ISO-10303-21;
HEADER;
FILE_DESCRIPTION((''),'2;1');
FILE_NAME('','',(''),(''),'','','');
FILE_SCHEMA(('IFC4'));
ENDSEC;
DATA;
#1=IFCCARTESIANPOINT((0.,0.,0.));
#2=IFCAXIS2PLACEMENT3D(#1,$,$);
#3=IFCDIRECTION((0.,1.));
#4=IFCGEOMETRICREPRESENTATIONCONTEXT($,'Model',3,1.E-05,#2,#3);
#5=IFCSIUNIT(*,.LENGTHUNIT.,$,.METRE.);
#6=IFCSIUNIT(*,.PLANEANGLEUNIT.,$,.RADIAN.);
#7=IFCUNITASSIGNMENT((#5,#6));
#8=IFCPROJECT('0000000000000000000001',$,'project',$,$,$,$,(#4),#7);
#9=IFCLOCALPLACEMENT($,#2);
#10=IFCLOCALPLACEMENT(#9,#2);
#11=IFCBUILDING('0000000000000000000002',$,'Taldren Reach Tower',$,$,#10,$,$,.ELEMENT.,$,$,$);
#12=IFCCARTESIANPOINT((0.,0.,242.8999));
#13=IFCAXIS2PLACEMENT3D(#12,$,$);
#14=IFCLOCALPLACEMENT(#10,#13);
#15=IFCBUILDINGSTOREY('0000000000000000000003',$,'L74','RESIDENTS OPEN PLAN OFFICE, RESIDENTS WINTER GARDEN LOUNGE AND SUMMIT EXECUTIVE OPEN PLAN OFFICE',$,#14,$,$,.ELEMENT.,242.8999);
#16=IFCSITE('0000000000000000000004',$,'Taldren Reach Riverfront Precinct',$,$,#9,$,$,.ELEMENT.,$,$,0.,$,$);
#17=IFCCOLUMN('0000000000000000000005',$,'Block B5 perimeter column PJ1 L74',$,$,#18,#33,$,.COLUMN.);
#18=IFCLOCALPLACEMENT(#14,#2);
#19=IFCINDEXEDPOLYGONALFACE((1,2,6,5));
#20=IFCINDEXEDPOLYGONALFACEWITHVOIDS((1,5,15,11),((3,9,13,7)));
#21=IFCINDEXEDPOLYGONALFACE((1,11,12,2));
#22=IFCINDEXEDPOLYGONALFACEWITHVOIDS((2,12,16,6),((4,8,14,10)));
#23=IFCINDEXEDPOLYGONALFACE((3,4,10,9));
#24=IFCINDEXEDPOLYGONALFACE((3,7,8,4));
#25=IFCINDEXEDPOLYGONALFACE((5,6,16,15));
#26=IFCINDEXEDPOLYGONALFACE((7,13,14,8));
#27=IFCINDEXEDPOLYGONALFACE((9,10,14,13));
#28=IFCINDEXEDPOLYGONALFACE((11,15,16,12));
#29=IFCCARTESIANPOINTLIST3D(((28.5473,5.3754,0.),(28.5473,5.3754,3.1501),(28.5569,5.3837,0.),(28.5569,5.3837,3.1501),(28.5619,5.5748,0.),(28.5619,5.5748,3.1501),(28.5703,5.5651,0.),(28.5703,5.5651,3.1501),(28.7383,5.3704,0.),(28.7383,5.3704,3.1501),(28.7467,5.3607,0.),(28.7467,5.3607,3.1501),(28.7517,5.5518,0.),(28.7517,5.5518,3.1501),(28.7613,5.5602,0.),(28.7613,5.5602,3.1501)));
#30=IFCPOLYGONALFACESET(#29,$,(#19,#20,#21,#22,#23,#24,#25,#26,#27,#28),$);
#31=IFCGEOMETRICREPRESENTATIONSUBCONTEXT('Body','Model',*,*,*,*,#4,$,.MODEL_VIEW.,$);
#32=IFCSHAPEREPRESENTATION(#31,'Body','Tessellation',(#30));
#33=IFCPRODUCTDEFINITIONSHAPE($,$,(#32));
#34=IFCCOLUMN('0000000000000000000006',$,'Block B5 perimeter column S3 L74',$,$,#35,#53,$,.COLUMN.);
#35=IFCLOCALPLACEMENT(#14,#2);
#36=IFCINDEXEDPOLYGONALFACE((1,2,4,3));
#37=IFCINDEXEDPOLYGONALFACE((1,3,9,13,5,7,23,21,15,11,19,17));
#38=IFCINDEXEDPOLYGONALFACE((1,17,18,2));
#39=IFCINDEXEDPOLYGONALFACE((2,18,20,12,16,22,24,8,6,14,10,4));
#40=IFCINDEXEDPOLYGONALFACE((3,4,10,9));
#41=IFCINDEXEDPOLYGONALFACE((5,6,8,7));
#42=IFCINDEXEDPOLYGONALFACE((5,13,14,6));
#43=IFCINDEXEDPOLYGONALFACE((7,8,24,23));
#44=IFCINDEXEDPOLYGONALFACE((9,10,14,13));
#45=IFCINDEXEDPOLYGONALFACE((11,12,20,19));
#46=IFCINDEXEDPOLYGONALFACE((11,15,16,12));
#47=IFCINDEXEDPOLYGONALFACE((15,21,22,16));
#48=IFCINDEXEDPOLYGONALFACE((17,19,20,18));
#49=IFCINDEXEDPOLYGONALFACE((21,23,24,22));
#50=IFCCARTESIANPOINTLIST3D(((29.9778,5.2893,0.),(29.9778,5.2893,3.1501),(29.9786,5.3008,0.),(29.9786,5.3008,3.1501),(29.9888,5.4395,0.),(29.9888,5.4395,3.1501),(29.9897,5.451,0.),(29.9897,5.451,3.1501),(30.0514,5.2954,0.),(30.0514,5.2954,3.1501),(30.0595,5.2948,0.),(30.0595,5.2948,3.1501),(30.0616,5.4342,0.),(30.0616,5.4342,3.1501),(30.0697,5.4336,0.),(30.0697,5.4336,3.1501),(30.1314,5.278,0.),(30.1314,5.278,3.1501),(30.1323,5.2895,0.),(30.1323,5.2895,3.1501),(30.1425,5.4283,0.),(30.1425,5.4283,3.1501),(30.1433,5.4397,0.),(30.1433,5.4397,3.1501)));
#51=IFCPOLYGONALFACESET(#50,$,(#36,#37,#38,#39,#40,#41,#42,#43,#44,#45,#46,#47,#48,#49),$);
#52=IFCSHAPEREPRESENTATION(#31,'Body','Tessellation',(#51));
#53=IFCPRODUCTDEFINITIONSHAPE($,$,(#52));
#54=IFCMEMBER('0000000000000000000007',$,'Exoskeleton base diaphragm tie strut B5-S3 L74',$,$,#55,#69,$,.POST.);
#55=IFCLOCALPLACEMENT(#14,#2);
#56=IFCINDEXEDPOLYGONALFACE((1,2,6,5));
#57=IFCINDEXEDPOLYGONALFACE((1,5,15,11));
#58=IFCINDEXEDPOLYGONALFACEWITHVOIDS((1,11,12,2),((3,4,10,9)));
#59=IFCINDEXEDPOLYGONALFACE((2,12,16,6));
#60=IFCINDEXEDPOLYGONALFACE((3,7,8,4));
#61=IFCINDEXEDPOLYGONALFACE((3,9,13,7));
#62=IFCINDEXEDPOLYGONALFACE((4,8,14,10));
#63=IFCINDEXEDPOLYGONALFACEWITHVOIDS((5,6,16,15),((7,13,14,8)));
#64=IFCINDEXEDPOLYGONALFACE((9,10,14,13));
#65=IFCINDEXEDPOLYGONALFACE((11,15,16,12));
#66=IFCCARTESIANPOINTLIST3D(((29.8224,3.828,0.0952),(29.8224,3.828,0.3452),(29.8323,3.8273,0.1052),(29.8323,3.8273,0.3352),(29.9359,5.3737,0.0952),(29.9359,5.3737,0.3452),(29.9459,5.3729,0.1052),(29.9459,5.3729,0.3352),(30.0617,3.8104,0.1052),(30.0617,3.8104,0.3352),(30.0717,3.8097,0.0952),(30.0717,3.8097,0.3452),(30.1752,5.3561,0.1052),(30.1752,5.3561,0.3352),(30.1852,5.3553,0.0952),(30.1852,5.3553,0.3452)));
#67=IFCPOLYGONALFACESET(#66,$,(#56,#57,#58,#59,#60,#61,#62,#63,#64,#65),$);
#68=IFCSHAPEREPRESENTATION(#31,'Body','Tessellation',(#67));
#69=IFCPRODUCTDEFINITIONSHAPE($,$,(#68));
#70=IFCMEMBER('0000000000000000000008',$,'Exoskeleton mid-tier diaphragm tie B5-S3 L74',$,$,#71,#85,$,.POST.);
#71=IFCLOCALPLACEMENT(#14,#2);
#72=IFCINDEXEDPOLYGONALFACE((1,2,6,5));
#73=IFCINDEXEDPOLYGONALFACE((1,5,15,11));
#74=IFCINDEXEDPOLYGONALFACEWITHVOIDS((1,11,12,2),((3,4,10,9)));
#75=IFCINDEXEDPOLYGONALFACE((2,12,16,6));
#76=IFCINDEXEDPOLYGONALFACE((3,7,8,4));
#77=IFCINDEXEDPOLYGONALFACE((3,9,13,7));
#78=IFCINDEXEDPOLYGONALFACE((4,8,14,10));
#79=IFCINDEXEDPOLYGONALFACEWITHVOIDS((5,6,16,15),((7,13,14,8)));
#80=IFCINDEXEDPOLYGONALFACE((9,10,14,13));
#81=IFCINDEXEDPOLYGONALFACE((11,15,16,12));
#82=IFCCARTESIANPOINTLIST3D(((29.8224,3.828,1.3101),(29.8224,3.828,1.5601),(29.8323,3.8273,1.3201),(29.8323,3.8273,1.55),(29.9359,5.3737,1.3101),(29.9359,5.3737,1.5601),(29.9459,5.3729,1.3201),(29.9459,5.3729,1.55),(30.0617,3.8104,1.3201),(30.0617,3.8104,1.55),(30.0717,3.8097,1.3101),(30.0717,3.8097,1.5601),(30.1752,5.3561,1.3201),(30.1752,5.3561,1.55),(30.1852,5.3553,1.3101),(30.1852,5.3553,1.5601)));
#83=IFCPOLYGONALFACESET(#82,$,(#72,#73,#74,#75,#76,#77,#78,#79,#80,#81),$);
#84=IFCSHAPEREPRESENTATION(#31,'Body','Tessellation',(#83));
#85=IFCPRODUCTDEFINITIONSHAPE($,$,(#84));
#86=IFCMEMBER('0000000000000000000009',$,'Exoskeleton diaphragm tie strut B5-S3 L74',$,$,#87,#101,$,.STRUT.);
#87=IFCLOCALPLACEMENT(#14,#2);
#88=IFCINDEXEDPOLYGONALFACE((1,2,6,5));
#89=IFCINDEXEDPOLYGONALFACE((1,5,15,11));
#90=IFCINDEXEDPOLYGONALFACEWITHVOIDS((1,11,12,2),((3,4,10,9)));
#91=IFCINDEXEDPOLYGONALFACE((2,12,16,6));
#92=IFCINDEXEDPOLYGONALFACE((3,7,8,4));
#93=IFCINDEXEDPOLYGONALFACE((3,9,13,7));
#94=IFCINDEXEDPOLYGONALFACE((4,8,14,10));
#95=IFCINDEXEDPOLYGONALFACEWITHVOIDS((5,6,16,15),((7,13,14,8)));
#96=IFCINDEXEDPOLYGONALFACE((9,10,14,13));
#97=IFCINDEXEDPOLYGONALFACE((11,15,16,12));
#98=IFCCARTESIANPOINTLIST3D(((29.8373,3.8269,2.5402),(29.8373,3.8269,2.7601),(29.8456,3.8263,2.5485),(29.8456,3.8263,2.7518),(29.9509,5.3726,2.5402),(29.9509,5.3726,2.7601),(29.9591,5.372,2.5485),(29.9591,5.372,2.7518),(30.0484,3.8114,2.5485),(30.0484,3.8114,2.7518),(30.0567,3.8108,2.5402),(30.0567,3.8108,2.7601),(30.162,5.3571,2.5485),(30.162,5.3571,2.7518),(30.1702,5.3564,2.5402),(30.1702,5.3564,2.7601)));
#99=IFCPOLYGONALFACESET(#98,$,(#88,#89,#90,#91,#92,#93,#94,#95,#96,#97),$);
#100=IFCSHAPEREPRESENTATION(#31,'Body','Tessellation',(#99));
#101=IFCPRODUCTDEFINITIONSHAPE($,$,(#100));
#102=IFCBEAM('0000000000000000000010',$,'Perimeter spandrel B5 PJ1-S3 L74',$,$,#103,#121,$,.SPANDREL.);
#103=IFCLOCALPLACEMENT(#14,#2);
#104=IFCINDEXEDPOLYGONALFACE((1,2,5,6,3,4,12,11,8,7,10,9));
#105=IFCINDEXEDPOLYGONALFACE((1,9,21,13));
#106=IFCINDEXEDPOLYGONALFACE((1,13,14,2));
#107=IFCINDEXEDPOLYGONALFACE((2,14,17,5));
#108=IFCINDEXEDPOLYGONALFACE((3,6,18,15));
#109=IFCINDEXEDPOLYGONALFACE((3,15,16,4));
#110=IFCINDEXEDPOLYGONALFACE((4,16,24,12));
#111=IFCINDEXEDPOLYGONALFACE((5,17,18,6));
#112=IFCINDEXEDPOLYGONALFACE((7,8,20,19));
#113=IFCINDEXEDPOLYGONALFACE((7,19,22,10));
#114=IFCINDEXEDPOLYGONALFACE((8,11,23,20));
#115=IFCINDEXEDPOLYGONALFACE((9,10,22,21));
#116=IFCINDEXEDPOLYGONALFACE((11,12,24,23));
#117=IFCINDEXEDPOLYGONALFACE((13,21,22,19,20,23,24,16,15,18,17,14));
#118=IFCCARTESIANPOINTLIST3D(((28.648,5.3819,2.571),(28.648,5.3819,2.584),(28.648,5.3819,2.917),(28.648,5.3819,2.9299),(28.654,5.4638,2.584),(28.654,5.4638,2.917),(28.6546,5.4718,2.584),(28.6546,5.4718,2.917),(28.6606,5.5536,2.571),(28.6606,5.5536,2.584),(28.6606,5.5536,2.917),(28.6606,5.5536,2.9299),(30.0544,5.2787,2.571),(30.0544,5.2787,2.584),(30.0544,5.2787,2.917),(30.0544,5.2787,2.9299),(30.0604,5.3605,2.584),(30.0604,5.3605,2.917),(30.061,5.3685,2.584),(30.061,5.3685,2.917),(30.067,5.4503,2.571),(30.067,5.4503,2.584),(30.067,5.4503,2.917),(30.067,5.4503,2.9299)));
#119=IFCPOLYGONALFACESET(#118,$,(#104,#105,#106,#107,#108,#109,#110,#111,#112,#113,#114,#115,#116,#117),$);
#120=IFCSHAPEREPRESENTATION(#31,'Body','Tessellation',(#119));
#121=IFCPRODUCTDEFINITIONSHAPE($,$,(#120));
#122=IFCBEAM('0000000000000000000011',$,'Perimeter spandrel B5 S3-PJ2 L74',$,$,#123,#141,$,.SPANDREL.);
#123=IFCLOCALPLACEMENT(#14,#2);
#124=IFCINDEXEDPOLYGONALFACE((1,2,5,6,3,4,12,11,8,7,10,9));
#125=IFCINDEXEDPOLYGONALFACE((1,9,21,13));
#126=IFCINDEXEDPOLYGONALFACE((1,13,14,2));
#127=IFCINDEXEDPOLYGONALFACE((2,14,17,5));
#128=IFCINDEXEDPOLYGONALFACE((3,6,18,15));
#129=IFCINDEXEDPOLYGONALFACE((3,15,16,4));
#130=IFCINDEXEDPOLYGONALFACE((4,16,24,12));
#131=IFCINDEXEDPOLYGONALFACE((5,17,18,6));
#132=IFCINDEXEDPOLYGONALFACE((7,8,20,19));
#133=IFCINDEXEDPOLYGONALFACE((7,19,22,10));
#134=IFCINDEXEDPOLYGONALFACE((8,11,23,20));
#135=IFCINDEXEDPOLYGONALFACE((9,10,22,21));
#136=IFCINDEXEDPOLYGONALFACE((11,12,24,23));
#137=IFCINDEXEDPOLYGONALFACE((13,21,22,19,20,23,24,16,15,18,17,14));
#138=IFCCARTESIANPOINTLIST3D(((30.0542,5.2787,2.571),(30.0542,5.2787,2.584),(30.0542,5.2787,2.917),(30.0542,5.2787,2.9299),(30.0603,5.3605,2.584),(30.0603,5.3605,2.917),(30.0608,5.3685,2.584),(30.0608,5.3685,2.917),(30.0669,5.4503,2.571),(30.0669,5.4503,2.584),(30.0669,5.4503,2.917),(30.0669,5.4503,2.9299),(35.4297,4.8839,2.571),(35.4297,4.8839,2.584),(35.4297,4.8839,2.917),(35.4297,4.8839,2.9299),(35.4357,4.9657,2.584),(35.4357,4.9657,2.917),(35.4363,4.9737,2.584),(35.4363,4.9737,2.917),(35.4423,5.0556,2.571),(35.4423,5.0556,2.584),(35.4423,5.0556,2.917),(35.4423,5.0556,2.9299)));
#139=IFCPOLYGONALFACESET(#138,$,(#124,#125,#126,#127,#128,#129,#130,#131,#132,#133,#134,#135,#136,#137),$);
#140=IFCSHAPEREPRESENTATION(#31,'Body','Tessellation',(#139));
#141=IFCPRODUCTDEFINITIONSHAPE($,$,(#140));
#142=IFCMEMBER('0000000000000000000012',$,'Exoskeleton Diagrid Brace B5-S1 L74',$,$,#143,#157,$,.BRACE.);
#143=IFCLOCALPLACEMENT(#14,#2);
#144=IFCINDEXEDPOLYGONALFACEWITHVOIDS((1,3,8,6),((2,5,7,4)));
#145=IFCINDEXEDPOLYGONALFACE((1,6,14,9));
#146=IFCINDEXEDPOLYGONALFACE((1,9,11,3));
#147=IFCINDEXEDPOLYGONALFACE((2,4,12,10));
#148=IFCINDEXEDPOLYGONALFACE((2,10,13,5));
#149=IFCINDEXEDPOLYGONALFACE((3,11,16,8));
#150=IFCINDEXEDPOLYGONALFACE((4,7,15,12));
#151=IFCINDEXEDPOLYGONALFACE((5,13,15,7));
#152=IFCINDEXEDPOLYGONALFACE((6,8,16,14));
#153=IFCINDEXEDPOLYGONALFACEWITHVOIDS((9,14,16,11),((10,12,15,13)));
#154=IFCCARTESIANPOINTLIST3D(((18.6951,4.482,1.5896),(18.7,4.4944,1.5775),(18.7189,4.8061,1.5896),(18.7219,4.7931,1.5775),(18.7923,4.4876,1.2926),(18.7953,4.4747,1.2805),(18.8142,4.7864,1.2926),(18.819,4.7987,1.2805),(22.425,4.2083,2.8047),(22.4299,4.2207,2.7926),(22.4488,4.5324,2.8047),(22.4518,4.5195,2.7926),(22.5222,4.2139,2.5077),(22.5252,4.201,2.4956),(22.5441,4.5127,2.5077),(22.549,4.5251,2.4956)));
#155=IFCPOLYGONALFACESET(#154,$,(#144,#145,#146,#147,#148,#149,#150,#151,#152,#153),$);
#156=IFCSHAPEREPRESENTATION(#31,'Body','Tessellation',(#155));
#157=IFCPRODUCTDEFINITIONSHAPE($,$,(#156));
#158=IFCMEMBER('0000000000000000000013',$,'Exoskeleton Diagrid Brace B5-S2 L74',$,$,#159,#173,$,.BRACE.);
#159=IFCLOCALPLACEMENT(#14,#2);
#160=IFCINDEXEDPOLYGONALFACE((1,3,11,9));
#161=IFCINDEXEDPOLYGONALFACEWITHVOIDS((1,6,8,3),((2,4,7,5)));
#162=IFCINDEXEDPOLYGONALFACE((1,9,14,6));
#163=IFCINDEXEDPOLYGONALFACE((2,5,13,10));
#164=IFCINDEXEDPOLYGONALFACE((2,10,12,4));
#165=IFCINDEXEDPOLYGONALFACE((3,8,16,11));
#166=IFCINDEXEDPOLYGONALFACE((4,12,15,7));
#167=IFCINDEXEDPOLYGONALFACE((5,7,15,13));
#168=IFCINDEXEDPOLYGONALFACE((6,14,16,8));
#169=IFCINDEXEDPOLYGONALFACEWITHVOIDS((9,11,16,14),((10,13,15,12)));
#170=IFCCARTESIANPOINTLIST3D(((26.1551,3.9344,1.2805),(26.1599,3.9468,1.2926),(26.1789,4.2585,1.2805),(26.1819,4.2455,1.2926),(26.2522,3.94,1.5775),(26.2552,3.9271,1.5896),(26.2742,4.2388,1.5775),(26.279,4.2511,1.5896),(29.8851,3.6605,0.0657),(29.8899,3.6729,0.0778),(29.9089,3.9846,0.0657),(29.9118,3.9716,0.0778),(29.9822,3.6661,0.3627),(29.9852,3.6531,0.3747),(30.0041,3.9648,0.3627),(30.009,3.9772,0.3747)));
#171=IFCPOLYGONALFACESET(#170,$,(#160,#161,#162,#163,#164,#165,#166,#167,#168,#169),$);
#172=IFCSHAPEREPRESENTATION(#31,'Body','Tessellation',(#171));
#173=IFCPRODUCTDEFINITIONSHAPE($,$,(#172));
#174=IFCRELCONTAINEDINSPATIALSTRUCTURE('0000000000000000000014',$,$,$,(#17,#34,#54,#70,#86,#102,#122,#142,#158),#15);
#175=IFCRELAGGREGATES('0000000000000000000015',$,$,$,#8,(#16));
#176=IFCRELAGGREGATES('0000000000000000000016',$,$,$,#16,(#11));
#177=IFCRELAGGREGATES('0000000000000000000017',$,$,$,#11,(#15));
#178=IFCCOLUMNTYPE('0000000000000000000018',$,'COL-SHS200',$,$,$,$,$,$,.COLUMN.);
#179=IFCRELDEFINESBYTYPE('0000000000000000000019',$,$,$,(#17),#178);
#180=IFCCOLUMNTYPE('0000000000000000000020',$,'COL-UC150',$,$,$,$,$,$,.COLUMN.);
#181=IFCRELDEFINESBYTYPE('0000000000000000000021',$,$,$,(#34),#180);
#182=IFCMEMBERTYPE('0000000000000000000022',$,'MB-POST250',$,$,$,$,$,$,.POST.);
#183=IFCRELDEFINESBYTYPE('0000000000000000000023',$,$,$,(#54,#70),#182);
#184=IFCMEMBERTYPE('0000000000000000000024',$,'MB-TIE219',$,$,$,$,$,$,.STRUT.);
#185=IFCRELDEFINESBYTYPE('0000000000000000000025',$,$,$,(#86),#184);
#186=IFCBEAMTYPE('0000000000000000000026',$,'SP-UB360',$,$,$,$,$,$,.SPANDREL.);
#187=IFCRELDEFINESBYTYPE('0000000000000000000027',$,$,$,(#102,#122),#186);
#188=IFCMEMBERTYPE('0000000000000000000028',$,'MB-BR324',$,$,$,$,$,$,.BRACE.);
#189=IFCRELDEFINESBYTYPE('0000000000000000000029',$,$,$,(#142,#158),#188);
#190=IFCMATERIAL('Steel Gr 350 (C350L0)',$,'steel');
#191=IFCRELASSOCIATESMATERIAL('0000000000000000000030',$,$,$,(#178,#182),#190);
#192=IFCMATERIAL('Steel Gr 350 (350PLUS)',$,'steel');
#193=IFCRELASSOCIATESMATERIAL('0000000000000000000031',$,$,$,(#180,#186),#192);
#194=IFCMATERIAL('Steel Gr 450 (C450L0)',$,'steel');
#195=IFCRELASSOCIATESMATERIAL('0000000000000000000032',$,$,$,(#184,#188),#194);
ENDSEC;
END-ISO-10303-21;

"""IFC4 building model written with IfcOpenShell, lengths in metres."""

from ifc_helpers import new_model, si_unit, direction, frame, origin, origin_2d, place, context, subcontext, project, spatial, hollow_rectangle, i_section, extrude, source, transform, mapped, material, material_profile, profile_set, type_object, element, save


model = new_model("IFC4")

# Units and contexts
model_context = context("Model", 3, precision=1e-05, world=origin(), true_north=direction((0.0, 1.0)))
body_context = subcontext(model_context, "Body", "Model", "MODEL_VIEW")
ifc_project = project(units=[si_unit("LENGTHUNIT", "METRE"), si_unit("PLANEANGLEUNIT", "RADIAN")], contexts=[model_context])

# Site, building, storey
site_placement = place(None, origin())
site = spatial("IfcSite", under=ifc_project, at=site_placement, Name="Taldren Reach Riverfront Precinct", CompositionType="ELEMENT", RefElevation=0.0)
building_placement = place(site_placement, origin())
building = spatial("IfcBuilding", under=site, at=building_placement, Name="Taldren Reach Tower", CompositionType="ELEMENT")
storey_placement = place(building_placement, frame((0.0, 0.0, 242.8999)))
storey = spatial("IfcBuildingStorey", under=building, at=storey_placement, Name="L74", Description="RESIDENTS OPEN PLAN OFFICE, RESIDENTS WINTER GARDEN LOUNGE AND SUMMIT EXECUTIVE OPEN PLAN OFFICE", CompositionType="ELEMENT", Elevation=242.8999)

# Columns
ifc_material_1 = material(Name="Steel Gr 350 (C350L0)", Category="steel")
ifc_material_profile_1 = material_profile(ifc_material_1, hollow_rectangle(XDim=0.2, YDim=0.2, WallThickness=0.009, at=origin_2d()), Name="200x200x9.0SHS")
ifc_profile_set_1 = profile_set([ifc_material_profile_1], Name="Steel Gr 350 (C350L0)")
column_type_1 = type_object("IfcColumnType", Name="COL-SHS200", PredefinedType="COLUMN", material=ifc_profile_set_1)
shared_shape_1 = source(origin(), body_context, "Body", "SweptSolid", [
    extrude(hollow_rectangle(XDim=0.2, YDim=0.2, WallThickness=0.009, at=origin_2d()), origin(), (0.0, 0.0, 1.0), 3.1501),
])
column_1_placement = place(storey_placement, frame((28.6543, 5.4678, 0.0), z_axis=(0.0, 0.0, 1.0), x_axis=(0.997314, -0.073238, 0.0)))
element("IfcColumn", 1, at=column_1_placement, inside=storey, type_object=column_type_1, Name="Block B5 perimeter column PJ1 L74", PredefinedType="COLUMN", context=body_context, shape_type="MappedRepresentation", body=[
    mapped(shared_shape_1, transform((0.0, 0.0, 0.0), scale=1.0)),
])
ifc_material_2 = material(Name="Steel Gr 350 (350PLUS)", Category="steel")
ifc_material_profile_2 = material_profile(ifc_material_2, i_section(OverallWidth=0.1541, OverallDepth=0.1621, WebThickness=0.0081, FlangeThickness=0.0115, at=origin_2d()), Name="150UC37.2")
ifc_profile_set_2 = profile_set([ifc_material_profile_2], Name="Steel Gr 350 (350PLUS)")
column_type_2 = type_object("IfcColumnType", Name="COL-UC150", PredefinedType="COLUMN", material=ifc_profile_set_2)
shared_shape_2 = source(origin(), body_context, "Body", "SweptSolid", [
    extrude(i_section(OverallWidth=0.1541, OverallDepth=0.1621, WebThickness=0.0081, FlangeThickness=0.0115, at=origin_2d()), origin(), (0.0, 0.0, 1.0), 3.1501),
])
column_2_placement = place(storey_placement, frame((30.0605, 5.3645, 0.0), z_axis=(0.0, 0.0, 1.0), x_axis=(0.997314, -0.073238, 0.0)))
element("IfcColumn", 2, at=column_2_placement, inside=storey, type_object=column_type_2, Name="Block B5 perimeter column S3 L74", PredefinedType="COLUMN", context=body_context, shape_type="MappedRepresentation", body=[
    mapped(shared_shape_2, transform((0.0, 0.0, 0.0), scale=1.0)),
])

# Members
ifc_material_profile_3 = material_profile(ifc_material_1, hollow_rectangle(XDim=0.25, YDim=0.25, WallThickness=0.01, at=origin_2d()), Name="250x250x10.0SHS")
ifc_profile_set_3 = profile_set([ifc_material_profile_3], Name="Steel Gr 350 (C350L0)")
member_type_1 = type_object("IfcMemberType", Name="MB-POST250", PredefinedType="POST", material=ifc_profile_set_3)
shared_shape_3 = source(origin(), body_context, "Body", "SweptSolid", [
    extrude(hollow_rectangle(XDim=0.25, YDim=0.25, WallThickness=0.01, at=origin_2d()), origin(), (0.0, 0.0, 1.0), 1.5498),
])
for number, where, z_axis, x_axis, name in (
    (3, (30.0605, 5.3645, 0.2202), (-0.073251, -0.997314, 0.0), (0.997314, -0.073251, 0.0), "Exoskeleton base diaphragm tie strut B5-S3 L74"),
    (4, (30.0605, 5.3645, 1.4351), (-0.073251, -0.997314, 0.0), (0.997314, -0.073251, 0.0), "Exoskeleton mid-tier diaphragm tie B5-S3 L74"),
):
    element("IfcMember", number, at=place(storey_placement, frame(where, z_axis=z_axis, x_axis=x_axis)), inside=storey, type_object=member_type_1, Name=name, PredefinedType="POST", context=body_context, shape_type="MappedRepresentation", body=[
        mapped(shared_shape_3, transform((0.0, 0.0, 0.0), scale=1.0)),
    ])
ifc_material_3 = material(Name="Steel Gr 450 (C450L0)", Category="steel")
ifc_material_profile_4 = material_profile(ifc_material_3, hollow_rectangle(XDim=0.22, YDim=0.22, WallThickness=0.0083, at=origin_2d()), Name="220x220x8.2SHS")
ifc_profile_set_4 = profile_set([ifc_material_profile_4], Name="Steel Gr 450 (C450L0)")
member_type_2 = type_object("IfcMemberType", Name="MB-TIE219", PredefinedType="STRUT", material=ifc_profile_set_4)
shared_shape_4 = source(origin(), body_context, "Body", "SweptSolid", [
    extrude(hollow_rectangle(XDim=0.22, YDim=0.22, WallThickness=0.0083, at=origin_2d()), origin(), (0.0, 0.0, 1.0), 1.5498),
])
member_1_placement = place(storey_placement, frame((30.0605, 5.3645, 2.6501), z_axis=(-0.073251, -0.997314, 0.0), x_axis=(0.997314, -0.073251, 0.0)))
element("IfcMember", 5, at=member_1_placement, inside=storey, type_object=member_type_2, Name="Exoskeleton diaphragm tie strut B5-S3 L74", PredefinedType="STRUT", context=body_context, shape_type="MappedRepresentation", body=[
    mapped(shared_shape_4, transform((0.0, 0.0, 0.0), scale=1.0)),
])

# Beams
ifc_material_profile_5 = material_profile(ifc_material_2, i_section(OverallWidth=0.1721, OverallDepth=0.3589, WebThickness=0.0081, FlangeThickness=0.0129, at=origin_2d()), Name="360UB56.7")
ifc_profile_set_5 = profile_set([ifc_material_profile_5], Name="Steel Gr 350 (350PLUS)")
beam_type = type_object("IfcBeamType", Name="SP-UB360", PredefinedType="SPANDREL", material=ifc_profile_set_5)
shared_shape_5 = source(origin(), body_context, "Body", "SweptSolid", [
    extrude(i_section(OverallWidth=0.1721, OverallDepth=0.3589, WebThickness=0.0081, FlangeThickness=0.0129, at=origin_2d()), origin(), (0.0, 0.0, 1.0), 1.4102),
])
beam_1_placement = place(storey_placement, frame((28.6543, 5.4678, 2.7505), z_axis=(0.997314, -0.07324, 0.0), x_axis=(0.07324, 0.997314, 0.0)))
element("IfcBeam", 6, at=beam_1_placement, inside=storey, type_object=beam_type, Name="Perimeter spandrel B5 PJ1-S3 L74", PredefinedType="SPANDREL", context=body_context, shape_type="MappedRepresentation", body=[
    mapped(shared_shape_5, transform((0.0, 0.0, 0.0), scale=1.0)),
])
shared_shape_6 = source(origin(), body_context, "Body", "SweptSolid", [
    extrude(i_section(OverallWidth=0.1721, OverallDepth=0.3589, WebThickness=0.0081, FlangeThickness=0.0129, at=origin_2d()), origin(), (0.0, 0.0, 1.0), 5.3899),
])
beam_2_placement = place(storey_placement, frame((30.0605, 5.3645, 2.7505), z_axis=(0.997314, -0.073243, 0.0), x_axis=(0.073243, 0.997314, 0.0)))
element("IfcBeam", 7, at=beam_2_placement, inside=storey, type_object=beam_type, Name="Perimeter spandrel B5 S3-PJ2 L74", PredefinedType="SPANDREL", context=body_context, shape_type="MappedRepresentation", body=[
    mapped(shared_shape_6, transform((0.0, 0.0, 0.0), scale=1.0)),
])

# Members
ifc_material_profile_6 = material_profile(ifc_material_3, hollow_rectangle(XDim=0.325, YDim=0.325, WallThickness=0.0127, at=origin_2d()), Name="325x325x12.7SHS")
ifc_profile_set_6 = profile_set([ifc_material_profile_6], Name="Steel Gr 450 (C450L0)")
member_type_3 = type_object("IfcMemberType", Name="MB-BR324", PredefinedType="BRACE", material=ifc_profile_set_6)
shared_shape_7 = source(origin(), body_context, "Body", "SweptSolid", [
    extrude(hollow_rectangle(XDim=0.325, YDim=0.325, WallThickness=0.0127, at=origin_2d()), origin(), (0.0, 0.0, 1.0), 3.9324),
])
for number, where, z_axis, x_axis, name in (
    (8, (18.7571, 4.6404, 1.4351), (0.948515, -0.069596, 0.308991), (0.073177, 0.997319, 0.0), "Exoskeleton Diagrid Brace B5-S1 L74"),
    (9, (29.947, 3.8188, 0.2202), (-0.948529, 0.069659, 0.308933), (-0.073242, -0.997314, 0.0), "Exoskeleton Diagrid Brace B5-S2 L74"),
):
    element("IfcMember", number, at=place(storey_placement, frame(where, z_axis=z_axis, x_axis=x_axis)), inside=storey, type_object=member_type_3, Name=name, PredefinedType="BRACE", context=body_context, shape_type="MappedRepresentation", body=[
        mapped(shared_shape_7, transform((0.0, 0.0, 0.0), scale=1.0)),
    ])

save(model, "model.ifc")
